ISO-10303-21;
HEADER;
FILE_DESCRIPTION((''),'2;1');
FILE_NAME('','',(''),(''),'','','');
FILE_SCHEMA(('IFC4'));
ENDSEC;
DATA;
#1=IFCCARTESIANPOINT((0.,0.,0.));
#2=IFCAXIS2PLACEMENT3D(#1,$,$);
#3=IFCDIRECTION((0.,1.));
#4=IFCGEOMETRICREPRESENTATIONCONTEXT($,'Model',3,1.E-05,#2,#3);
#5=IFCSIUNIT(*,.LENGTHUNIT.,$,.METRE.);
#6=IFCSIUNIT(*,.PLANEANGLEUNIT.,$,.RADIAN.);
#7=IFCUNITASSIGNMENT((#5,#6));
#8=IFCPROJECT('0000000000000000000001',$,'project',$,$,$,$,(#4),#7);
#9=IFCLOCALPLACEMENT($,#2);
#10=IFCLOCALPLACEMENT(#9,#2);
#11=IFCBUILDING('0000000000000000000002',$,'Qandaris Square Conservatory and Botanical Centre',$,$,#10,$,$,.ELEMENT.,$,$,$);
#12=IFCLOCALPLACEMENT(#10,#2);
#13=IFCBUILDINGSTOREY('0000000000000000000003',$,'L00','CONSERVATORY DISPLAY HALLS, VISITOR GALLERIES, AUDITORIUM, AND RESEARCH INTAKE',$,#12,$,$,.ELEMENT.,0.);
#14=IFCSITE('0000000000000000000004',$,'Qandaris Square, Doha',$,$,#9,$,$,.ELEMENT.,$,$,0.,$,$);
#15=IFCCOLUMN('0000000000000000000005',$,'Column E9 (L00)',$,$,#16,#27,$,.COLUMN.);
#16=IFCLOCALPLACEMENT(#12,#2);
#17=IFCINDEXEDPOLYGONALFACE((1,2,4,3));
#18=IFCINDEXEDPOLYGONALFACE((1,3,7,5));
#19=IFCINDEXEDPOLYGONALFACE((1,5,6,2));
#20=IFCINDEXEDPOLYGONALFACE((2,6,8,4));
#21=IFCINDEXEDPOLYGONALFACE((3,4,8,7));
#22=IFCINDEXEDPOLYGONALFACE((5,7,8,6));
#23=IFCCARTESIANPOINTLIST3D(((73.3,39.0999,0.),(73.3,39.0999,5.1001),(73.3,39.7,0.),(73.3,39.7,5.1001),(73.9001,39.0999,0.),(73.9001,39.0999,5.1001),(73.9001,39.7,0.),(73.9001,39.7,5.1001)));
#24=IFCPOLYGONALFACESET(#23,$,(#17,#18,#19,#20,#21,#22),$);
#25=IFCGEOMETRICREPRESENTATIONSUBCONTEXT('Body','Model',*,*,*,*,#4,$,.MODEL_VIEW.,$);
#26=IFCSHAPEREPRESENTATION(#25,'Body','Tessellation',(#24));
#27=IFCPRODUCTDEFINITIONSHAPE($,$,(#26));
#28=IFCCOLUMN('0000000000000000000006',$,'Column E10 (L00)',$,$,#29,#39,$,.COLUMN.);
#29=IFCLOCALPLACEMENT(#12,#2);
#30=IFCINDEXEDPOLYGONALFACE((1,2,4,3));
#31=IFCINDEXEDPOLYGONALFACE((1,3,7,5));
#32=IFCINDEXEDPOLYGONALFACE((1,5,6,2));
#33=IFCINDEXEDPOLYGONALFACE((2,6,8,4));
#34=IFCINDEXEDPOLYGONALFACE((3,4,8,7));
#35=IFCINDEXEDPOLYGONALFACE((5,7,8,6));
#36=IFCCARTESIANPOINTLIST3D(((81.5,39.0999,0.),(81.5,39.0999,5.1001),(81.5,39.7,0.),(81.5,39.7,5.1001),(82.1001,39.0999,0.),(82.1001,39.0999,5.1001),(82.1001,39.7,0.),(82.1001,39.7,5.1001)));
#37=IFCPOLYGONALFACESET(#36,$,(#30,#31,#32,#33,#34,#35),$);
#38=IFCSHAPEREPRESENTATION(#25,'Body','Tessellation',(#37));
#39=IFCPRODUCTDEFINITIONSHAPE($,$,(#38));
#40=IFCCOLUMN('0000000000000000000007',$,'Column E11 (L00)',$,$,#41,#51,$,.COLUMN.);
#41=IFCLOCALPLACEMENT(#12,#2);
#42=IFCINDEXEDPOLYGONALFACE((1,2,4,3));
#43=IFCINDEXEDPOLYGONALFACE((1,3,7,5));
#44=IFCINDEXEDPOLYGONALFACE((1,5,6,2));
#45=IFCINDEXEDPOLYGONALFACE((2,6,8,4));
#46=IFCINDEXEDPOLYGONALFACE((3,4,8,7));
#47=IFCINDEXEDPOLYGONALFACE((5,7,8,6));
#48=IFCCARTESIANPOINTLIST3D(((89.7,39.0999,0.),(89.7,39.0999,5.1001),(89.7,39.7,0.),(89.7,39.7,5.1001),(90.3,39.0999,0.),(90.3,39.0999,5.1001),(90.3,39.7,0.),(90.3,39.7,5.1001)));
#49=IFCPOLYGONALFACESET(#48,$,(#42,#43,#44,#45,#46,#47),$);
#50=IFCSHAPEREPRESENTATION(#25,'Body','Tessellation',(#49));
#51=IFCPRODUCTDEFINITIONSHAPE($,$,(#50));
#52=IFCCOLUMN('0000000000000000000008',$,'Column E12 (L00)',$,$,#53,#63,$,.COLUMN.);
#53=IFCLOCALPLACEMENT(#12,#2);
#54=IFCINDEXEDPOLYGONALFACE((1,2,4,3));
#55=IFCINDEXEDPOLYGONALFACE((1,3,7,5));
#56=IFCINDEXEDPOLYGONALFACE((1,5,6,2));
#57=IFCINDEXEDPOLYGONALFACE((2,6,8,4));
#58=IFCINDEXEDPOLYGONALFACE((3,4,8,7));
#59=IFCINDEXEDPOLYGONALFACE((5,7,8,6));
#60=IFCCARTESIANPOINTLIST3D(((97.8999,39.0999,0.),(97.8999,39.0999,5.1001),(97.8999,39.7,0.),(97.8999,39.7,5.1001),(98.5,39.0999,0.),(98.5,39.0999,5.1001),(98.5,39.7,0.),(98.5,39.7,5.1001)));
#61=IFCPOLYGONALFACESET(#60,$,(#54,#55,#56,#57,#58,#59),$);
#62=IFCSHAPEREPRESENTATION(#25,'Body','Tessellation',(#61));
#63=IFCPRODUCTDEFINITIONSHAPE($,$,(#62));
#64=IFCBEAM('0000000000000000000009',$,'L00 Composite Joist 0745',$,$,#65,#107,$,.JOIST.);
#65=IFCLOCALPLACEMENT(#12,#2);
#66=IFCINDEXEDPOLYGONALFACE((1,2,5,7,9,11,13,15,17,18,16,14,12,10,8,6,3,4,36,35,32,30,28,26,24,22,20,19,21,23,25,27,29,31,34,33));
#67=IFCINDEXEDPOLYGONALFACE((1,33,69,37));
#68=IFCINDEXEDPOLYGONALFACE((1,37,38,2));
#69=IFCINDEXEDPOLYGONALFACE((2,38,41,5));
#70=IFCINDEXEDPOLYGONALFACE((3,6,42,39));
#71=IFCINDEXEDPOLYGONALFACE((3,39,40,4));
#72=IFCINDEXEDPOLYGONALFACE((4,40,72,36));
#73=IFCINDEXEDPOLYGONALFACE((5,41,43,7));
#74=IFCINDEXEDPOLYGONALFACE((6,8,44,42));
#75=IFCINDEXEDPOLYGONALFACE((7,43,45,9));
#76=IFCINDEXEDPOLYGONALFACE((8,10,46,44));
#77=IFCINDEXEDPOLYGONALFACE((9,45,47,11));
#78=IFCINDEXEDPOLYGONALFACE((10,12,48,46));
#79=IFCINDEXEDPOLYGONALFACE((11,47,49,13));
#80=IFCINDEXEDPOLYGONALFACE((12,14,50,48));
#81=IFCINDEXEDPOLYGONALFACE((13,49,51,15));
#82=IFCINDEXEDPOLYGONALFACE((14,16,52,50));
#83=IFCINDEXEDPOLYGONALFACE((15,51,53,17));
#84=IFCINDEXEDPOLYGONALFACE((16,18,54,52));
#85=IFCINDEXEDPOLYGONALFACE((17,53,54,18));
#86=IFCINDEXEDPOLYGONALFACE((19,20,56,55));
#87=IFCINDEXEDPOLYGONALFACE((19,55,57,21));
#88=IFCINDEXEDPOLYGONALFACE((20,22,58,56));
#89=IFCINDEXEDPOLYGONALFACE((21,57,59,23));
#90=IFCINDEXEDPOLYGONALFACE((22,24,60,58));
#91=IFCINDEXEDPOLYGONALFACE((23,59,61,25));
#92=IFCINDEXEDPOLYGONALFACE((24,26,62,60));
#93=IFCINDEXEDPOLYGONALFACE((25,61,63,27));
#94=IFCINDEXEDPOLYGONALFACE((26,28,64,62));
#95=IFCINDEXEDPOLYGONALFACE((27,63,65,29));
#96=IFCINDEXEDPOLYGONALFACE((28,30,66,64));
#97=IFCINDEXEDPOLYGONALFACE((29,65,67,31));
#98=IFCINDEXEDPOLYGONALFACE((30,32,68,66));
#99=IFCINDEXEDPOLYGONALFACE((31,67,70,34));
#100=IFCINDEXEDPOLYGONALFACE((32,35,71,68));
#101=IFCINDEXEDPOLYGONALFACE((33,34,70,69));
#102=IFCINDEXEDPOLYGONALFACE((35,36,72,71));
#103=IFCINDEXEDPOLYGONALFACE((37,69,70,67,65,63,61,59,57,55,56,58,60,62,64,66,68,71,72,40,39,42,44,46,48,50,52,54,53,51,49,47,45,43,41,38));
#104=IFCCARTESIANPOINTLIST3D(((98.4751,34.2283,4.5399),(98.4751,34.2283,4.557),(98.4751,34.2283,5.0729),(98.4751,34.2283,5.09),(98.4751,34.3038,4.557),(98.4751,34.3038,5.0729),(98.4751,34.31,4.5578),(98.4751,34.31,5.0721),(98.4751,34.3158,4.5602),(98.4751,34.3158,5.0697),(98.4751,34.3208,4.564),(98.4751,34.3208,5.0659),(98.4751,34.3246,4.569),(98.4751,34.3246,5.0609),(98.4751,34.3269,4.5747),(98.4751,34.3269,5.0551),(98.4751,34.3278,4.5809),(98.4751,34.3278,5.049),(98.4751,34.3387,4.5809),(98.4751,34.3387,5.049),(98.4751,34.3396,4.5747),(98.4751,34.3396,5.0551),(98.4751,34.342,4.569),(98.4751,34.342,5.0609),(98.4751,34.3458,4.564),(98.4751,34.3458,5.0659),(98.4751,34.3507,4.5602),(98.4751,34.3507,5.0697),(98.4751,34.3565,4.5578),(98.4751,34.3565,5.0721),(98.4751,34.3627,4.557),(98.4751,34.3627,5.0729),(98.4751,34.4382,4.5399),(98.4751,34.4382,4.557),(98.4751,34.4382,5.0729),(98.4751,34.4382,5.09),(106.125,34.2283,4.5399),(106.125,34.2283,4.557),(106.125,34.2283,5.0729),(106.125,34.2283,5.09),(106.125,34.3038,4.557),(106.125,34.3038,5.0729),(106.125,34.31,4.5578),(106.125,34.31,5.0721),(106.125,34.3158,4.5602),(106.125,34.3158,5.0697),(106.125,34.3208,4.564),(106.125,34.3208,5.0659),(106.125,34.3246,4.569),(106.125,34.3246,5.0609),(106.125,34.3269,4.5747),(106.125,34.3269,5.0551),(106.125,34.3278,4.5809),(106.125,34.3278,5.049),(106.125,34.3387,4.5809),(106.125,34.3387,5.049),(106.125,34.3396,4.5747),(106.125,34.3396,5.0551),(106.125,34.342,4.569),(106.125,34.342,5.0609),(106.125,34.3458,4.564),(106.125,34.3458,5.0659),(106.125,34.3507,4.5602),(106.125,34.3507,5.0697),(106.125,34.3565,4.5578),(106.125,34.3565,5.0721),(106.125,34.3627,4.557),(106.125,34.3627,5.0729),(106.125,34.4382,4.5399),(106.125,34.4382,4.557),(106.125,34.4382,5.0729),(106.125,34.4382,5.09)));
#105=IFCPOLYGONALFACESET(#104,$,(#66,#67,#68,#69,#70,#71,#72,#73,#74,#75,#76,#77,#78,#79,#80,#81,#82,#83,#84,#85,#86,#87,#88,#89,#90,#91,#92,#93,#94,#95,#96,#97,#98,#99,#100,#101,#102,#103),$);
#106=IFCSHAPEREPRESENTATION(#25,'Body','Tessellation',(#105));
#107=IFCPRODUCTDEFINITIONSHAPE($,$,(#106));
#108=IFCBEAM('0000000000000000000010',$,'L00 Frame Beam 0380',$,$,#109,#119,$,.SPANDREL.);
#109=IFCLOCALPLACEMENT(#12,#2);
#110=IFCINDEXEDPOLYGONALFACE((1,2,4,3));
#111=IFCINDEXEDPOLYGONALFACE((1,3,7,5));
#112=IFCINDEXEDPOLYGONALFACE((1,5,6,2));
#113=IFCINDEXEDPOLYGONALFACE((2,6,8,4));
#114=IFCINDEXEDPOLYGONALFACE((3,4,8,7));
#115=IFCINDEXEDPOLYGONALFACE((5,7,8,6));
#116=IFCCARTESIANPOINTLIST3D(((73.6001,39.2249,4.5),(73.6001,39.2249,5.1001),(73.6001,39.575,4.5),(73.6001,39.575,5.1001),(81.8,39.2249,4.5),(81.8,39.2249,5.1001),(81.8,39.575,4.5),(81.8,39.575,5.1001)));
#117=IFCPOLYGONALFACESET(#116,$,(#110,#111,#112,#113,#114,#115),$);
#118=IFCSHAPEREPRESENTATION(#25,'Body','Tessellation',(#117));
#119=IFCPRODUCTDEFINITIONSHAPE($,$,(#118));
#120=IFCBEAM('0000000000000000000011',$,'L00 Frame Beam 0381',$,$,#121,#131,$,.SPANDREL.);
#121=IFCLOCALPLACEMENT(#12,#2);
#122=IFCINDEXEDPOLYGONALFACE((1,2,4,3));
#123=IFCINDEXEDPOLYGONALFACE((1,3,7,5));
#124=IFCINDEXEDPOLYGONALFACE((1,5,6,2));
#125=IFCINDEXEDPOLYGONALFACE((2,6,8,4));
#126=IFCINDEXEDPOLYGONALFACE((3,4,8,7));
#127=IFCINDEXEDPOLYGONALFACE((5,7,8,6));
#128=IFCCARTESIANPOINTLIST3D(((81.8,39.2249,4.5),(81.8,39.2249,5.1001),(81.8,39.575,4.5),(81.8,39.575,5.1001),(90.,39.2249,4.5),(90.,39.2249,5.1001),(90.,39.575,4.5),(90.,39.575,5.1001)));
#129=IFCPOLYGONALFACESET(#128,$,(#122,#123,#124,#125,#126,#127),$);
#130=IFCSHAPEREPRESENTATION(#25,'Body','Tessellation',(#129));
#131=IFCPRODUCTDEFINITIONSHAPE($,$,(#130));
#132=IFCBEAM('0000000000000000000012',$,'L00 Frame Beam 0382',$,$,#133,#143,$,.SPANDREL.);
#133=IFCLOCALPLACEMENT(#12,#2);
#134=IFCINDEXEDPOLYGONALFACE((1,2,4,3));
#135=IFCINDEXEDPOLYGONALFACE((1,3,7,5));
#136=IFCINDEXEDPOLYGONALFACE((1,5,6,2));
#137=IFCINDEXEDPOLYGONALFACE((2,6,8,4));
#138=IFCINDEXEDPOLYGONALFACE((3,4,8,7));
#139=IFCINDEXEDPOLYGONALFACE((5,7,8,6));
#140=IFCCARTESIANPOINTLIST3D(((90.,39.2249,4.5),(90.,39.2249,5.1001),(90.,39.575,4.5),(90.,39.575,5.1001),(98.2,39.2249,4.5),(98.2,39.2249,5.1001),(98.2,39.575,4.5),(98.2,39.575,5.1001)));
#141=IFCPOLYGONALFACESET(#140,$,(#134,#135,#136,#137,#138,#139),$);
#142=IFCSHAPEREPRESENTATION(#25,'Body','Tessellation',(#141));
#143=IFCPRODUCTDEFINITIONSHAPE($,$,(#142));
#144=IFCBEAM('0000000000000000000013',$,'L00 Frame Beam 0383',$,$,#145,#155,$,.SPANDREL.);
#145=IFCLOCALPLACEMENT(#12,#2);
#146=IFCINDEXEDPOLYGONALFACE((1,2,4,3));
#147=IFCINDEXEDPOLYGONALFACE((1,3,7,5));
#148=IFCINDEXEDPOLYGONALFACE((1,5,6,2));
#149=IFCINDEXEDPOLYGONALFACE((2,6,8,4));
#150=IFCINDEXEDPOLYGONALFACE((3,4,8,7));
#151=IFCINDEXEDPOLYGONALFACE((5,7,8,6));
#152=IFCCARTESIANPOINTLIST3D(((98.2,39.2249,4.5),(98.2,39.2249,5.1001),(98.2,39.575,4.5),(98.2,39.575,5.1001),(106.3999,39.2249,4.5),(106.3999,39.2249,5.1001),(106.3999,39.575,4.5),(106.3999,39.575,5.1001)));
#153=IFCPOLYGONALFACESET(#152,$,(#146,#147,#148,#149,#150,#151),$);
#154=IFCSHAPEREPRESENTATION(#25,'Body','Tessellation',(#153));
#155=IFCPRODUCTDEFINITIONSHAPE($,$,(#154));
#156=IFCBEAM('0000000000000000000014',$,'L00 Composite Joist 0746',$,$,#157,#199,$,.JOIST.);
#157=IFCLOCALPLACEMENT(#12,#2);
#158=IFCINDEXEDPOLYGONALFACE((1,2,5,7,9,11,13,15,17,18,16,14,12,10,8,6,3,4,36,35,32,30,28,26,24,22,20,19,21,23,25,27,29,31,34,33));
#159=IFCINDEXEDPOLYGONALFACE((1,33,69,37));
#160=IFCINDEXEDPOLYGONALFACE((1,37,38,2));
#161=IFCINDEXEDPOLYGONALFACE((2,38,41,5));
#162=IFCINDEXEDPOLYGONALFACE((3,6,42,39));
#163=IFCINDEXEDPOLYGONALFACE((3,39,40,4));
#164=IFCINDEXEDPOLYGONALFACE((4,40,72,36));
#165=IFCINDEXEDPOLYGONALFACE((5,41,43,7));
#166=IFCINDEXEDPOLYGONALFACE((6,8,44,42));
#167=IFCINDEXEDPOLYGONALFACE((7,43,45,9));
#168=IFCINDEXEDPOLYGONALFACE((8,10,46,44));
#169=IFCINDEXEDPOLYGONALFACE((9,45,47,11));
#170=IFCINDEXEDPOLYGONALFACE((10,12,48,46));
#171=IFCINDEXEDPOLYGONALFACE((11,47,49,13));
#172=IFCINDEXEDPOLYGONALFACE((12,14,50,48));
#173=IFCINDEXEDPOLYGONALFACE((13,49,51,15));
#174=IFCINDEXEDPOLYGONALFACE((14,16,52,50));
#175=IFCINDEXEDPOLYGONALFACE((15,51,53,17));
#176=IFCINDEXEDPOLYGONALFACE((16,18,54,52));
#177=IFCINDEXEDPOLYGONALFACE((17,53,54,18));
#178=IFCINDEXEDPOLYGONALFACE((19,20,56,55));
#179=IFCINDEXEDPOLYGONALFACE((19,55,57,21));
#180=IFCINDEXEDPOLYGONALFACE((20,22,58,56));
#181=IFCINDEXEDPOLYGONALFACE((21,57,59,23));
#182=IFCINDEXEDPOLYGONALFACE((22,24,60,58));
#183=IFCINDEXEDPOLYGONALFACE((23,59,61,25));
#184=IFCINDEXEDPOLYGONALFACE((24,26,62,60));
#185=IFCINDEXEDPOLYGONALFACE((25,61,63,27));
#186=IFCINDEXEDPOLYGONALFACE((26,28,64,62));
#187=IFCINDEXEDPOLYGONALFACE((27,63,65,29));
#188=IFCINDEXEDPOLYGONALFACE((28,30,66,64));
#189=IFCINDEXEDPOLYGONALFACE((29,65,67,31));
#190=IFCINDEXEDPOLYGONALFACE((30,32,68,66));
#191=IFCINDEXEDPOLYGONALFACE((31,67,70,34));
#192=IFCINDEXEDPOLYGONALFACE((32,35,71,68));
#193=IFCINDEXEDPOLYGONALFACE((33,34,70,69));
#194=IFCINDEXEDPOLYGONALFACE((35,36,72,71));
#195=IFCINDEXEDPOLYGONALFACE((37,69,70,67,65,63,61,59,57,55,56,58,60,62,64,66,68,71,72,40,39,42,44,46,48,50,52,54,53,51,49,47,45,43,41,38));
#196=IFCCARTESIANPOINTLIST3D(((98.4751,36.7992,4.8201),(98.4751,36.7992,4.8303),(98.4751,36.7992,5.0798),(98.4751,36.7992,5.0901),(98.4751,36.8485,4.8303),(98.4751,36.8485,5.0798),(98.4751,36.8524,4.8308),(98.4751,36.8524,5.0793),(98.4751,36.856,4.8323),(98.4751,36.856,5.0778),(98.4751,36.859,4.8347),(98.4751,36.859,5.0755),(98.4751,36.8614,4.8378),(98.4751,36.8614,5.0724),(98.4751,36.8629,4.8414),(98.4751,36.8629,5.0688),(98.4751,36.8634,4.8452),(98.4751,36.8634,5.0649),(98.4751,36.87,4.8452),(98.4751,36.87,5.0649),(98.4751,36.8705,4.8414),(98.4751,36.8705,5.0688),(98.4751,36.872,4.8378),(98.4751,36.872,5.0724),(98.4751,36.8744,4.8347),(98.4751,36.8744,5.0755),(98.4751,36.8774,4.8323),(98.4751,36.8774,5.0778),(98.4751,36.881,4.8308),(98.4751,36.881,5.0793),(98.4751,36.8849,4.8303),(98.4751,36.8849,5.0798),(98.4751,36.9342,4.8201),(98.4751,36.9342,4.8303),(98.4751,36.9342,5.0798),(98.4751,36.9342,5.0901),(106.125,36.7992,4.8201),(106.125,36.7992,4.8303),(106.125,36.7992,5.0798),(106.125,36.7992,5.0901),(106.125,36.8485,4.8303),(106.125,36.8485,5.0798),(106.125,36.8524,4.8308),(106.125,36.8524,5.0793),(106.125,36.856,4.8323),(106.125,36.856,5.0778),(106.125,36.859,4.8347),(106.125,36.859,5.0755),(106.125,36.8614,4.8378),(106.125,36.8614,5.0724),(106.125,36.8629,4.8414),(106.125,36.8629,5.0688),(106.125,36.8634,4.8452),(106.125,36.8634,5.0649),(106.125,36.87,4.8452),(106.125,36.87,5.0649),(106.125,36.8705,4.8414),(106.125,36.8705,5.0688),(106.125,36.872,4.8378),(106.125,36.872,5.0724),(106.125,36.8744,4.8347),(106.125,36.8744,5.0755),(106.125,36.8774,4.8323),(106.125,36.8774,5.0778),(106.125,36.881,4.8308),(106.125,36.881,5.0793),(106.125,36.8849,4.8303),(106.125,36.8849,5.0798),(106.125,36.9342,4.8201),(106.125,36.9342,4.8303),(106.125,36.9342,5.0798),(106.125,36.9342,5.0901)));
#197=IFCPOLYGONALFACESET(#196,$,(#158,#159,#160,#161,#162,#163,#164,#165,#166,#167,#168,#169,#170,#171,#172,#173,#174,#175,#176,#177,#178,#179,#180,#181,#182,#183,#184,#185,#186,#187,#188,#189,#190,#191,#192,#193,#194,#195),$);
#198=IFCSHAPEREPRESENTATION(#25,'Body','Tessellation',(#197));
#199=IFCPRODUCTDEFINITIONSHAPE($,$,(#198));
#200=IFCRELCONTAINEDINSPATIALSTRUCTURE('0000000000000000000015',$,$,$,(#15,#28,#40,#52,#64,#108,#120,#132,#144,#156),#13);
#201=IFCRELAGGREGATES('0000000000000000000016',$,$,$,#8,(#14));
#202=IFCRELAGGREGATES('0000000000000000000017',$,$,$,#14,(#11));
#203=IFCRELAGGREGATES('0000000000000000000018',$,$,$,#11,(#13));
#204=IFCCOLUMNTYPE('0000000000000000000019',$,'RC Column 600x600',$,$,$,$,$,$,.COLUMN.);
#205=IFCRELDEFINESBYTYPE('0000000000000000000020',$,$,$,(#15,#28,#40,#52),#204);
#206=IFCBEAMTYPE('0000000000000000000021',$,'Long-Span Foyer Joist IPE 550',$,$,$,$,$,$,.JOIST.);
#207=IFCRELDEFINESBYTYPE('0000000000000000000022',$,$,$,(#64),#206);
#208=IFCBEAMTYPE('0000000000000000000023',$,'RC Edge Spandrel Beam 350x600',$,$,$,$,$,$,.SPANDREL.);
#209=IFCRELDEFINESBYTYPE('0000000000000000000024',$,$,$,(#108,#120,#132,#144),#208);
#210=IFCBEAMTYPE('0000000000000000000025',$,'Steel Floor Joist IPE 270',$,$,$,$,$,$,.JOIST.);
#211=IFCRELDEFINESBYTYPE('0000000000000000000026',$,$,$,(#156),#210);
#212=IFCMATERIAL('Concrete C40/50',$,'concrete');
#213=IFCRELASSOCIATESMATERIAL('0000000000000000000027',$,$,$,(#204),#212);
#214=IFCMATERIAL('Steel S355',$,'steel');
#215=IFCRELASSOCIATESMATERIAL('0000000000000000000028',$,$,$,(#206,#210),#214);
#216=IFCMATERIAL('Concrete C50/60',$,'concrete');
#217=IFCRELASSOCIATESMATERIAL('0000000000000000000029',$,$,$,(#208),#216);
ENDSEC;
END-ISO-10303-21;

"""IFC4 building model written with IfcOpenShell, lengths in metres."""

from ifc_helpers import new_model, si_unit, direction, frame, origin, origin_2d, place, context, subcontext, project, spatial, rectangle, i_section, extrude, material, material_profile, profile_set, type_object, element, save


model = new_model("IFC4")

# Units and contexts
model_context = context("Model", 3, precision=1e-05, world=origin(), true_north=direction((0.0, 1.0)))
body_context = subcontext(model_context, "Body", "Model", "MODEL_VIEW")
ifc_project = project(units=[si_unit("LENGTHUNIT", "METRE"), si_unit("PLANEANGLEUNIT", "RADIAN")], contexts=[model_context])

# Site, building, storey
site_placement = place(None, origin())
site = spatial("IfcSite", under=ifc_project, at=site_placement, Name="Qandaris Square, Doha", CompositionType="ELEMENT", RefElevation=0.0)
building_placement = place(site_placement, origin())
building = spatial("IfcBuilding", under=site, at=building_placement, Name="Qandaris Square Conservatory and Botanical Centre", CompositionType="ELEMENT")
storey_placement = place(building_placement, origin())
storey = spatial("IfcBuildingStorey", under=building, at=storey_placement, Name="L00", Description="CONSERVATORY DISPLAY HALLS, VISITOR GALLERIES, AUDITORIUM, AND RESEARCH INTAKE", CompositionType="ELEMENT", Elevation=0.0)

# Columns
ifc_material_1 = material(Name="Concrete C40/50", Category="concrete")
ifc_material_profile_1 = material_profile(ifc_material_1, rectangle(XDim=0.6001, YDim=0.6001, at=origin_2d()), Name="RC-COL 600x600")
ifc_profile_set_1 = profile_set([ifc_material_profile_1], Name="Concrete C40/50")
column_type = type_object("IfcColumnType", Name="RC Column 600x600", PredefinedType="COLUMN", material=ifc_profile_set_1)
for number, where, z_axis, x_axis, name in (
    (1, (73.6001, 39.3999, 0.0), (0.0, 0.0, 1.0), (1.0, 0.0, 0.0), "Column E9 (L00)"),
    (2, (81.8, 39.3999, 0.0), (0.0, 0.0, 1.0), (1.0, 0.0, 0.0), "Column E10 (L00)"),
    (3, (90.0, 39.3999, 0.0), (0.0, 0.0, 1.0), (1.0, 0.0, 0.0), "Column E11 (L00)"),
    (4, (98.2, 39.3999, 0.0), (0.0, 0.0, 1.0), (1.0, 0.0, 0.0), "Column E12 (L00)"),
):
    element("IfcColumn", number, at=place(storey_placement, frame(where, z_axis=z_axis, x_axis=x_axis)), inside=storey, type_object=column_type, Name=name, PredefinedType="COLUMN", context=body_context, shape_type="SweptSolid", body=[
        extrude(rectangle(XDim=0.6001, YDim=0.6001, at=origin_2d()), origin(), (0.0, 0.0, 1.0), 5.1001),
    ])

# Beams
ifc_material_2 = material(Name="Steel S355", Category="steel")
ifc_material_profile_2 = material_profile(ifc_material_2, i_section(OverallWidth=0.21, OverallDepth=0.55, WebThickness=0.011, FlangeThickness=0.0171, FilletRadius=0.0239, at=origin_2d()), Name="IPE 550")
ifc_profile_set_2 = profile_set([ifc_material_profile_2], Name="Steel S355")
beam_type_1 = type_object("IfcBeamType", Name="Long-Span Foyer Joist IPE 550", PredefinedType="JOIST", material=ifc_profile_set_2)
beam_1_placement = place(storey_placement, frame((98.4751, 34.3333, 4.8149), z_axis=(1.0, 0.0, 0.0), x_axis=(0.0, 1.0, 0.0)))
element("IfcBeam", 5, at=beam_1_placement, inside=storey, type_object=beam_type_1, Name="L00 Composite Joist 0745", PredefinedType="JOIST", context=body_context, shape_type="SweptSolid", body=[
    extrude(i_section(OverallWidth=0.21, OverallDepth=0.55, WebThickness=0.011, FlangeThickness=0.0171, FilletRadius=0.0239, at=origin_2d()), origin(), (0.0, 0.0, 1.0), 7.6499),
])
ifc_material_3 = material(Name="Concrete C50/60", Category="concrete")
ifc_material_profile_3 = material_profile(ifc_material_3, rectangle(XDim=0.3501, YDim=0.6001, at=origin_2d()), Name="RC-SP 350x600")
ifc_profile_set_3 = profile_set([ifc_material_profile_3], Name="Concrete C50/60")
beam_type_2 = type_object("IfcBeamType", Name="RC Edge Spandrel Beam 350x600", PredefinedType="SPANDREL", material=ifc_profile_set_3)
for number, where, z_axis, x_axis, name in (
    (6, (73.6001, 39.3999, 4.8), (1.0, 0.0, 0.0), (0.0, 1.0, 0.0), "L00 Frame Beam 0380"),
    (7, (81.8, 39.3999, 4.8), (1.0, 0.0, 0.0), (0.0, 1.0, 0.0), "L00 Frame Beam 0381"),
    (8, (90.0, 39.3999, 4.8), (1.0, 0.0, 0.0), (0.0, 1.0, 0.0), "L00 Frame Beam 0382"),
    (9, (98.2, 39.3999, 4.8), (1.0, 0.0, 0.0), (0.0, 1.0, 0.0), "L00 Frame Beam 0383"),
):
    element("IfcBeam", number, at=place(storey_placement, frame(where, z_axis=z_axis, x_axis=x_axis)), inside=storey, type_object=beam_type_2, Name=name, PredefinedType="SPANDREL", context=body_context, shape_type="SweptSolid", body=[
        extrude(rectangle(XDim=0.3501, YDim=0.6001, at=origin_2d()), origin(), (0.0, 0.0, 1.0), 8.2),
    ])
ifc_material_profile_4 = material_profile(ifc_material_2, i_section(OverallWidth=0.135, OverallDepth=0.27, WebThickness=0.0066, FlangeThickness=0.0103, FilletRadius=0.0149, at=origin_2d()), Name="IPE 270")
ifc_profile_set_4 = profile_set([ifc_material_profile_4], Name="Steel S355")
beam_type_3 = type_object("IfcBeamType", Name="Steel Floor Joist IPE 270", PredefinedType="JOIST", material=ifc_profile_set_4)
beam_2_placement = place(storey_placement, frame((98.4751, 36.8667, 4.9551), z_axis=(1.0, 0.0, 0.0), x_axis=(0.0, 1.0, 0.0)))
element("IfcBeam", 10, at=beam_2_placement, inside=storey, type_object=beam_type_3, Name="L00 Composite Joist 0746", PredefinedType="JOIST", context=body_context, shape_type="SweptSolid", body=[
    extrude(i_section(OverallWidth=0.135, OverallDepth=0.27, WebThickness=0.0066, FlangeThickness=0.0103, FilletRadius=0.0149, at=origin_2d()), origin(), (0.0, 0.0, 1.0), 7.6499),
])

save(model, "model.ifc")
